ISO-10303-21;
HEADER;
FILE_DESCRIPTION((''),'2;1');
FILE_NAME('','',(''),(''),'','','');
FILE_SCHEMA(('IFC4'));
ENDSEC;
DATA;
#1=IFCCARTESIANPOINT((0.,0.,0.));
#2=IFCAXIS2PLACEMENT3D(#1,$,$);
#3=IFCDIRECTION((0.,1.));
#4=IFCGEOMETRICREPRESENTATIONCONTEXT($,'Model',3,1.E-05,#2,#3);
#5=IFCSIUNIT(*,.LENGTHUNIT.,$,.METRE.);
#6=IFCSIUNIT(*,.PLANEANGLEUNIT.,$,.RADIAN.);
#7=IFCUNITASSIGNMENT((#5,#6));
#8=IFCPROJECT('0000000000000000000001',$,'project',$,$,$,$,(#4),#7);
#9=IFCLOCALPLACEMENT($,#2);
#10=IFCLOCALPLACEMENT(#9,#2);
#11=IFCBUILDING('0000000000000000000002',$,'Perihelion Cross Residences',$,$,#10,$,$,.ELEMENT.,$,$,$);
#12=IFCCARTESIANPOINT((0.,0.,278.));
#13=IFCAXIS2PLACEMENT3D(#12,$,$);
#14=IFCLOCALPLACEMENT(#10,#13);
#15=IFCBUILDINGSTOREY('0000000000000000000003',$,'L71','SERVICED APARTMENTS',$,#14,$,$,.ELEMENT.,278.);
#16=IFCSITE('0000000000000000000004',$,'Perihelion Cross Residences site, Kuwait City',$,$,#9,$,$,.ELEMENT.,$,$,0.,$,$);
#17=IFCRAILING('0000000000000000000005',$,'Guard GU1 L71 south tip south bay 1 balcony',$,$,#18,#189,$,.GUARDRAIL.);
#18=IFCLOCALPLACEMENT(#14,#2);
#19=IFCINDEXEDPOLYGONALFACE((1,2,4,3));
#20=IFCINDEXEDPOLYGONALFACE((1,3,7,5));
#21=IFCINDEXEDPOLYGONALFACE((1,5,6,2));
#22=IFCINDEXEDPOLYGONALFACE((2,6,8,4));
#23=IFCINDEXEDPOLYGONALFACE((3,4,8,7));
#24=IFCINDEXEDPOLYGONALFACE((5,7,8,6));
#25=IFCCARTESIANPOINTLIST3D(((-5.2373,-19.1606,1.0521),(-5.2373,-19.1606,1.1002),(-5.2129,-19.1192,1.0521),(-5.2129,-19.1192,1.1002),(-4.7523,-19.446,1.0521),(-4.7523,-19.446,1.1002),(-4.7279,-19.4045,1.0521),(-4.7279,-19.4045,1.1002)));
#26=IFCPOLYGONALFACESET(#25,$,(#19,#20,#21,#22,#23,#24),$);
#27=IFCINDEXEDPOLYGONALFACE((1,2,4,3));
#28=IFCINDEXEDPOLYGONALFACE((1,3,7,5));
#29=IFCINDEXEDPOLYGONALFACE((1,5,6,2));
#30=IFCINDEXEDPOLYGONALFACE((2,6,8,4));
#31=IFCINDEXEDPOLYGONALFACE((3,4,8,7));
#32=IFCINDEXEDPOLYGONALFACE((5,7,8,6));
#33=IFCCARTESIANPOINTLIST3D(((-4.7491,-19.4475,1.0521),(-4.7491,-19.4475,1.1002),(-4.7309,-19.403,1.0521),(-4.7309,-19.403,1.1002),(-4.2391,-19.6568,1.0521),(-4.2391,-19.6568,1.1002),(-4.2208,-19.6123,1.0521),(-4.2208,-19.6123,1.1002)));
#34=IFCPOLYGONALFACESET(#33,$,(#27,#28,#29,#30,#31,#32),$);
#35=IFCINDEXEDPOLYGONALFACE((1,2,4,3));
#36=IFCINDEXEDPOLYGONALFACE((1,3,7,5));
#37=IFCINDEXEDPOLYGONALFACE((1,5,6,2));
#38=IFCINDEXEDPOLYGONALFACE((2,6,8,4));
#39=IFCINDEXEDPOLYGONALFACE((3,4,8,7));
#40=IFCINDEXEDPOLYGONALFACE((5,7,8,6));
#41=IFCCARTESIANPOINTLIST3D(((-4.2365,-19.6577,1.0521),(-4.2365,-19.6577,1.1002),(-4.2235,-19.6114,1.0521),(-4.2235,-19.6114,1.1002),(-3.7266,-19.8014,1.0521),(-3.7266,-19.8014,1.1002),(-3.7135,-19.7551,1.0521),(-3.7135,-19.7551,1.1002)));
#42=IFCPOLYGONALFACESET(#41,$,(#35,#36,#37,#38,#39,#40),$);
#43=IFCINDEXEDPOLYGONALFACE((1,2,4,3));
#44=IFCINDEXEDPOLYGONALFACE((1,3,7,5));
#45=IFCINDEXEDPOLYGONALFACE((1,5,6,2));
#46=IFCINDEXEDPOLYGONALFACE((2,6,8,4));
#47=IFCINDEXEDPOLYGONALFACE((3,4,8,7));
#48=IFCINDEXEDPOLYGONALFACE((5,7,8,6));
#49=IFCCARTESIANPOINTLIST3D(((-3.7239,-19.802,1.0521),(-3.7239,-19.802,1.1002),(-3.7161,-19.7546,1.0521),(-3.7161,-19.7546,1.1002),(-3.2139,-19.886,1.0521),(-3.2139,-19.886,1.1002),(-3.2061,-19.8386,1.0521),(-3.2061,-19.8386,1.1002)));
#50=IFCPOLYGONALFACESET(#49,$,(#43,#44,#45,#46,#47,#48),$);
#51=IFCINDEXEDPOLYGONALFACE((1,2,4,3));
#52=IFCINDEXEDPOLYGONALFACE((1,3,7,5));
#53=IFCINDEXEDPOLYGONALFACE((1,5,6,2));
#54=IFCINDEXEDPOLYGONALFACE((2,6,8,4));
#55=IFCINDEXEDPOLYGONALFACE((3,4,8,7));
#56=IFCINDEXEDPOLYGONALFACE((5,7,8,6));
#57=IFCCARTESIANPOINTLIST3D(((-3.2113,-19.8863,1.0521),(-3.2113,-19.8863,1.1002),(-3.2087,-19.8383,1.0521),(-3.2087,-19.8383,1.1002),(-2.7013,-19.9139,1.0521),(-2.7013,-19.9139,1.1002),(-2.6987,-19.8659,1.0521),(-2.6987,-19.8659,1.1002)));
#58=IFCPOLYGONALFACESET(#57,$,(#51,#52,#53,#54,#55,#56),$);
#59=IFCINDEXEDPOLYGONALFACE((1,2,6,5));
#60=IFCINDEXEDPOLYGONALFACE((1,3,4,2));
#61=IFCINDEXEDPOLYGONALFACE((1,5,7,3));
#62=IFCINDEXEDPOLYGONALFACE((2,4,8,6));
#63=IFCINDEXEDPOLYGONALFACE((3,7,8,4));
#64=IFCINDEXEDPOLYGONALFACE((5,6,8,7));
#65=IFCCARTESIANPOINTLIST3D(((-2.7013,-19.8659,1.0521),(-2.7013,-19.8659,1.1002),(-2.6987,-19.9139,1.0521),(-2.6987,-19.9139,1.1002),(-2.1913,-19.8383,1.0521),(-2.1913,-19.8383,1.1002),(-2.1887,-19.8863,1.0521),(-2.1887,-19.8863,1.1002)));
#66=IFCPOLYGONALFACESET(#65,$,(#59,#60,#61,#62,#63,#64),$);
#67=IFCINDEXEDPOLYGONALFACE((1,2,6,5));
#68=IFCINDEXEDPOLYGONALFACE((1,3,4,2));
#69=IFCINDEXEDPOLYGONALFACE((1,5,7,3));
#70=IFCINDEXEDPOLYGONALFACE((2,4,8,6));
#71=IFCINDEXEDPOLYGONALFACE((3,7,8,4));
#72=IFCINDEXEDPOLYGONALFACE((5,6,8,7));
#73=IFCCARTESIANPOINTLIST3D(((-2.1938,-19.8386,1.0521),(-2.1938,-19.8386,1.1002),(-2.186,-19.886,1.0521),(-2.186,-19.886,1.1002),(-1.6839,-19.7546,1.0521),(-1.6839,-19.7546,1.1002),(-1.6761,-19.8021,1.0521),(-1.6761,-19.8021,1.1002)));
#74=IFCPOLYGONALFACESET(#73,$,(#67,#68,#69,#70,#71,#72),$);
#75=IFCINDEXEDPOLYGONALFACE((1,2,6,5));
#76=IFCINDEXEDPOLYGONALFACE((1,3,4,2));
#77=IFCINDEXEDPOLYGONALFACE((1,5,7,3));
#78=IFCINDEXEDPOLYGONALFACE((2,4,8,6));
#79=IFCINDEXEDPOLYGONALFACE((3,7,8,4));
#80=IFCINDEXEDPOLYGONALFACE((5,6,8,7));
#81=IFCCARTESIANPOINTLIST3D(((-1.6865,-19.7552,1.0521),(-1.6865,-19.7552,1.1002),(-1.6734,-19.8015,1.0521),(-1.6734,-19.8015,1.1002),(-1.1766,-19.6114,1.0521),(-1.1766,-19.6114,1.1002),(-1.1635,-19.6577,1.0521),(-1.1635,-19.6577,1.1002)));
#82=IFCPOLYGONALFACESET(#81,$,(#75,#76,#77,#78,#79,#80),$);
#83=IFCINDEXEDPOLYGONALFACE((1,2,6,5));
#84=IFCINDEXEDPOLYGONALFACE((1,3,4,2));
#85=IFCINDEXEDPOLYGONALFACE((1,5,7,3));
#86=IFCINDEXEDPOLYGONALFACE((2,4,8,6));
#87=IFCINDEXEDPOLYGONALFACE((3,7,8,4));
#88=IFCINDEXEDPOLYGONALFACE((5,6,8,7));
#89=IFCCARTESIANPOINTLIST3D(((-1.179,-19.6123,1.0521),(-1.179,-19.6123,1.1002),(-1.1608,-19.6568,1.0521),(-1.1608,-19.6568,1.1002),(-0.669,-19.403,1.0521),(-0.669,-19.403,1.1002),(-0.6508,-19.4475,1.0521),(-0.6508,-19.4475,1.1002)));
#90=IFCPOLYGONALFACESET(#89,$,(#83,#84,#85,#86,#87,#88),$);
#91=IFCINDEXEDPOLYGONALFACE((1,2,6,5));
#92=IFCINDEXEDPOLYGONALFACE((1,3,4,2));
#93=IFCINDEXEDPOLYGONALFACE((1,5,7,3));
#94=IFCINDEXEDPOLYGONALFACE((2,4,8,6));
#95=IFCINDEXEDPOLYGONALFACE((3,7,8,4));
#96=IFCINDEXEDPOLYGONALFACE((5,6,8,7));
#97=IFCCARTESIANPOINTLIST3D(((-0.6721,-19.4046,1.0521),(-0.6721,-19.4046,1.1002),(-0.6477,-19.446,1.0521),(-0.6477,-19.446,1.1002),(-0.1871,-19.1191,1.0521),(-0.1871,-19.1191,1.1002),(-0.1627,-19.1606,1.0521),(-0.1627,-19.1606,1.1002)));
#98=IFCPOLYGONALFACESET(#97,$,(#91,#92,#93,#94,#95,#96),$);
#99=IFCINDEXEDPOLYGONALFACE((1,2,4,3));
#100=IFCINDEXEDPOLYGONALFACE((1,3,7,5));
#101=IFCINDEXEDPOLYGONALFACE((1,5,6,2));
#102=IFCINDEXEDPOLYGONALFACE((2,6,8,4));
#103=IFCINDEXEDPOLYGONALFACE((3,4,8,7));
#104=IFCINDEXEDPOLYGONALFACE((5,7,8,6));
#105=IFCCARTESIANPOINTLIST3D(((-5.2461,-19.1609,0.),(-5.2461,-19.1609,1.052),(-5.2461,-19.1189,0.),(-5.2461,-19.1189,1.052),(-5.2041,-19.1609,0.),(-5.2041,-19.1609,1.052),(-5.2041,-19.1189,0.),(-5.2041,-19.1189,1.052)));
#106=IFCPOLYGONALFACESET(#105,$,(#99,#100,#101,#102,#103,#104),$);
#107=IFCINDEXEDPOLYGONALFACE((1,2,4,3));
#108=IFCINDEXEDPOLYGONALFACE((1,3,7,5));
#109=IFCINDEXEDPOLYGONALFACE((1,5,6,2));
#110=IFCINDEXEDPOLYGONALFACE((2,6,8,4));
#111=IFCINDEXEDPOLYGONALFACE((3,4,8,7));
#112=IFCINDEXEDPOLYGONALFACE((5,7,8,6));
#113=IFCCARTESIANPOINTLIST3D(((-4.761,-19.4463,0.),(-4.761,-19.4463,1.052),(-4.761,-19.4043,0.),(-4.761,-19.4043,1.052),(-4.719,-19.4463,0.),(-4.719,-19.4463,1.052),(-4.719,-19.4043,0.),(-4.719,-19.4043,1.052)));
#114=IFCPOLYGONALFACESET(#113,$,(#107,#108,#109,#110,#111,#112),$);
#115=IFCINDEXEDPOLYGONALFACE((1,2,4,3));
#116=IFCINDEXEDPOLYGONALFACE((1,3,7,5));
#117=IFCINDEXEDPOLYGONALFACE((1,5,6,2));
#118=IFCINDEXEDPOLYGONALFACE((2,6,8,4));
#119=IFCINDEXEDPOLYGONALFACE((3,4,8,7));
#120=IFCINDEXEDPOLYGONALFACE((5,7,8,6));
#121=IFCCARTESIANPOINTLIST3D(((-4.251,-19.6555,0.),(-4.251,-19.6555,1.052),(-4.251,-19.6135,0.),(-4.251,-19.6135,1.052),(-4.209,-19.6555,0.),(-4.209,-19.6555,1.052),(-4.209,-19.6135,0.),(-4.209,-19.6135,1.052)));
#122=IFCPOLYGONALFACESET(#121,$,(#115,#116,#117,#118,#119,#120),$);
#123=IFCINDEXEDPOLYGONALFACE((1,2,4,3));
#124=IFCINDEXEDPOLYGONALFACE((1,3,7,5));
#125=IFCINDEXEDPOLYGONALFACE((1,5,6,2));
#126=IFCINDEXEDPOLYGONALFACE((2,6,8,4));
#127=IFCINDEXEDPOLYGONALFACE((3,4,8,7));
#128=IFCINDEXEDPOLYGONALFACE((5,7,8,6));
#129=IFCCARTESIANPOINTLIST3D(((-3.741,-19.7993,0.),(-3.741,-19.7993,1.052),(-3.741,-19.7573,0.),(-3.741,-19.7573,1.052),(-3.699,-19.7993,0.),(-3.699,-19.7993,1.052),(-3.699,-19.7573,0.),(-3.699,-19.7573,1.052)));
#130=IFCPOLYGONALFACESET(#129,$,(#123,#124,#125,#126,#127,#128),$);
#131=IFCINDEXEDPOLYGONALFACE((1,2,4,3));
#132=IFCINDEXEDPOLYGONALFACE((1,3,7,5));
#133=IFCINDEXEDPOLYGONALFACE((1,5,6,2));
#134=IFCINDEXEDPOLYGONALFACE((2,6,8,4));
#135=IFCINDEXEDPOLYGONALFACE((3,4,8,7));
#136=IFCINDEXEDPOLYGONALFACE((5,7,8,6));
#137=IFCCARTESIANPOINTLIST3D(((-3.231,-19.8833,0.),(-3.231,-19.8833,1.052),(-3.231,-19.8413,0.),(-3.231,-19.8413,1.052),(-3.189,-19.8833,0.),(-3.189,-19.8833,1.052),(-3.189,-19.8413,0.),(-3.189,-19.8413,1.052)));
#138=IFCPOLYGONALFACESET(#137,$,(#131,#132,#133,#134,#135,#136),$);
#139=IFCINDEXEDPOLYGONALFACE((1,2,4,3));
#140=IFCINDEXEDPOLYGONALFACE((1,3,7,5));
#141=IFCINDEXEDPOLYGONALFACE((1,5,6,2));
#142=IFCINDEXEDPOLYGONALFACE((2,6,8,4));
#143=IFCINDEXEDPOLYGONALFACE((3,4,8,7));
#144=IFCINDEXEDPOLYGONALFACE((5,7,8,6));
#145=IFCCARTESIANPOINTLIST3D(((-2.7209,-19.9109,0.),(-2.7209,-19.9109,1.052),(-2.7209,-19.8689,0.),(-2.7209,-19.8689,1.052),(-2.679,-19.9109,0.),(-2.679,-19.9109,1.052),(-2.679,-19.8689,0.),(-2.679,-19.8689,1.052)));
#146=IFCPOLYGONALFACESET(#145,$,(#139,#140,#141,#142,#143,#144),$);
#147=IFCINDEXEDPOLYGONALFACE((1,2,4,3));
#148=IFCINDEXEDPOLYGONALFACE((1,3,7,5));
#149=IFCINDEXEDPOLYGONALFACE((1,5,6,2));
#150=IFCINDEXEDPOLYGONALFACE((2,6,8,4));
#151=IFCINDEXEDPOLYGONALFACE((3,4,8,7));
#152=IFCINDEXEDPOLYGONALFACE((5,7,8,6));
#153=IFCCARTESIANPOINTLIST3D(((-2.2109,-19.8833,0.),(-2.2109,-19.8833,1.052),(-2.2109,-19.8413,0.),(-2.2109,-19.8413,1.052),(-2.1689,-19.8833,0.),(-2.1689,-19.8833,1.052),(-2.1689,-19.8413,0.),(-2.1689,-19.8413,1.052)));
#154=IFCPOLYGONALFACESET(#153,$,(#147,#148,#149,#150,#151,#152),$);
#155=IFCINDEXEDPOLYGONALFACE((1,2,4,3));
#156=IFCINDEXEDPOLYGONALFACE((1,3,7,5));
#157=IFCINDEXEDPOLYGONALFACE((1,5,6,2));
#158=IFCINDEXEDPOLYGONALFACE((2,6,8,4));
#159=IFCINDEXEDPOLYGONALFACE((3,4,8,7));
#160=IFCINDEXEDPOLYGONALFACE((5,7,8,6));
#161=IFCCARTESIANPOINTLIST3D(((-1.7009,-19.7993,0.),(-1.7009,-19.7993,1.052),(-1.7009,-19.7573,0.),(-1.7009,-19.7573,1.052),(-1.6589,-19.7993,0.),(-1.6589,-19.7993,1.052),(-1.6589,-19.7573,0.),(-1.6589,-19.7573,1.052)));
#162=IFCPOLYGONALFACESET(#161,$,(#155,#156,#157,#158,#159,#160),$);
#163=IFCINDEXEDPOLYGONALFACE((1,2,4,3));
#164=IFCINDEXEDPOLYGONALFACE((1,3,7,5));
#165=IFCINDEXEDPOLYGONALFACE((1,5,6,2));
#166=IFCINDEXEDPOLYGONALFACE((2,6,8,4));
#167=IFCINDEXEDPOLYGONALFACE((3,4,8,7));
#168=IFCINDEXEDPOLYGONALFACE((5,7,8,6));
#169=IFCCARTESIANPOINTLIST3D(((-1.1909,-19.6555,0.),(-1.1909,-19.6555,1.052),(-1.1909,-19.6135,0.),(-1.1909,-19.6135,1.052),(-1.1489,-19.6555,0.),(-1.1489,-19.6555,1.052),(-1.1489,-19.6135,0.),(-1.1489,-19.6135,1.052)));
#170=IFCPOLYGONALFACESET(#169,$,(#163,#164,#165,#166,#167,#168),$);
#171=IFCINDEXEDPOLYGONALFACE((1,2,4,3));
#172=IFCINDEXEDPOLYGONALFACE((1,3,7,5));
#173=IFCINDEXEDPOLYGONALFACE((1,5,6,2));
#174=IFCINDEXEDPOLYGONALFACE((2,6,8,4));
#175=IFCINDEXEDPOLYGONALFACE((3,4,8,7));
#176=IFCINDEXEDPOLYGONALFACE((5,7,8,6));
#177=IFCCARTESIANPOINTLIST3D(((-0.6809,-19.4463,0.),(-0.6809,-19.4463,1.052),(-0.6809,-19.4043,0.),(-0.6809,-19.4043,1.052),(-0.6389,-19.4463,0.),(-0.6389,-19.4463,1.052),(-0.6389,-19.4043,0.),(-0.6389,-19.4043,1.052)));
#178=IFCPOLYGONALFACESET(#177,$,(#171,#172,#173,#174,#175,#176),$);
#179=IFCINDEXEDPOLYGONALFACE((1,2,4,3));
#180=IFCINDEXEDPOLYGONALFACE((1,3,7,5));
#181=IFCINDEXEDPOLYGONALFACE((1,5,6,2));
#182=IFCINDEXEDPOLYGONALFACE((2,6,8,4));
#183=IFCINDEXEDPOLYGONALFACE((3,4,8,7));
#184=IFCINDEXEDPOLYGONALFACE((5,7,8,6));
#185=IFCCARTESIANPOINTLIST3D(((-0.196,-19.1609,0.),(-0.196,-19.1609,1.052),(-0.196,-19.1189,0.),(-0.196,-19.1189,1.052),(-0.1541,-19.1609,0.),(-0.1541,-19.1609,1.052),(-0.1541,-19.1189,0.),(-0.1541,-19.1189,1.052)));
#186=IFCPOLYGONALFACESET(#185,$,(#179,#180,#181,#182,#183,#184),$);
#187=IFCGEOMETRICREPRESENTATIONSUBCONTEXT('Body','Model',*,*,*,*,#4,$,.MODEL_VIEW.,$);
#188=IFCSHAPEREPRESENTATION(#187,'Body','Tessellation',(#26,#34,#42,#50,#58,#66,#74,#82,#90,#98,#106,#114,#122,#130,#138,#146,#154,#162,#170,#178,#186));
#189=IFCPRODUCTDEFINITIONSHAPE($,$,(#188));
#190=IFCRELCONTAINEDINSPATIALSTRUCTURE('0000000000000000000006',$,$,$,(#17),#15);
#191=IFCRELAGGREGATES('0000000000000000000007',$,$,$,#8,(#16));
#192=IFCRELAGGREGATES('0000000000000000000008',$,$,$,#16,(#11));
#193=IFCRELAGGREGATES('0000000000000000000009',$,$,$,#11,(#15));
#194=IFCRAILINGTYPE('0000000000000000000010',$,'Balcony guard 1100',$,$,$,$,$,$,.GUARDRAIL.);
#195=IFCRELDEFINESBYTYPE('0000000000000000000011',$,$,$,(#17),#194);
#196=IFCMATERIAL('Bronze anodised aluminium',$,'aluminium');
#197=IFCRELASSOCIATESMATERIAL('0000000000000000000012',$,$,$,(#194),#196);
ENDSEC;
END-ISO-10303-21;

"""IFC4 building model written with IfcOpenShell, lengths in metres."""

from ifc_helpers import new_model, si_unit, direction, frame, origin, origin_2d, place, context, subcontext, project, spatial, rectangle, extrude, material, type_object, element, save


model = new_model("IFC4")

# Units and contexts
model_context = context("Model", 3, precision=1e-05, world=origin(), true_north=direction((0.0, 1.0)))
body_context = subcontext(model_context, "Body", "Model", "MODEL_VIEW")
ifc_project = project(units=[si_unit("LENGTHUNIT", "METRE"), si_unit("PLANEANGLEUNIT", "RADIAN")], contexts=[model_context])

# Site, building, storey
site_placement = place(None, origin())
site = spatial("IfcSite", under=ifc_project, at=site_placement, Name="Perihelion Cross Residences site, Kuwait City", CompositionType="ELEMENT", RefElevation=0.0)
building_placement = place(site_placement, origin())
building = spatial("IfcBuilding", under=site, at=building_placement, Name="Perihelion Cross Residences", CompositionType="ELEMENT")
storey_placement = place(building_placement, frame((0.0, 0.0, 278.0)))
storey = spatial("IfcBuildingStorey", under=building, at=storey_placement, Name="L71", Description="SERVICED APARTMENTS", CompositionType="ELEMENT", Elevation=278.0)

# Railing
ifc_material_1 = material(Name="Bronze anodised aluminium", Category="aluminium")
railing_type = type_object("IfcRailingType", Name="Balcony guard 1100", PredefinedType="GUARDRAIL", material=ifc_material_1)
railing_1_placement = place(storey_placement, frame((-5.2251, -19.1399, 0.0)))
element("IfcRailing", 1, at=railing_1_placement, inside=storey, type_object=railing_type, Name="Guard GU1 L71 south tip south bay 1 balcony", PredefinedType="GUARDRAIL", context=body_context, shape_type="SweptSolid", body=[
    extrude(rectangle(XDim=0.0481, YDim=0.0481, at=origin_2d()), frame((0.0, 0.0, 1.0762), z_axis=(0.861901, -0.507077, 0.0), x_axis=(0.507077, 0.861901, 0.0)), (0.0, 0.0, 1.0), 0.5627),
    extrude(rectangle(XDim=0.0481, YDim=0.0481, at=origin_2d()), frame((0.4851, -0.2854, 1.0762), z_axis=(0.925173, -0.379547, 0.0), x_axis=(0.379547, 0.925173, 0.0)), (0.0, 0.0, 1.0), 0.5513),
    extrude(rectangle(XDim=0.0481, YDim=0.0481, at=origin_2d()), frame((0.9951, -0.4946, 1.0762), z_axis=(0.962474, -0.271373, 0.0), x_axis=(0.271373, 0.962474, 0.0)), (0.0, 0.0, 1.0), 0.5298),
    extrude(rectangle(XDim=0.0481, YDim=0.0481, at=origin_2d()), frame((1.5051, -0.6384, 1.0762), z_axis=(0.986711, -0.162484, 0.0), x_axis=(0.162484, 0.986711, 0.0)), (0.0, 0.0, 1.0), 0.5168),
    extrude(rectangle(XDim=0.0481, YDim=0.0481, at=origin_2d()), frame((2.0151, -0.7224, 1.0762), z_axis=(0.99854, -0.054014, 0.0), x_axis=(0.054014, 0.99854, 0.0)), (0.0, 0.0, 1.0), 0.5107),
    extrude(rectangle(XDim=0.0481, YDim=0.0481, at=origin_2d()), frame((2.5251, -0.75, 1.0762), z_axis=(0.99854, 0.054014, 0.0), x_axis=(-0.054014, 0.99854, 0.0)), (0.0, 0.0, 1.0), 0.5107),
    extrude(rectangle(XDim=0.0481, YDim=0.0481, at=origin_2d()), frame((3.0352, -0.7224, 1.0762), z_axis=(0.986711, 0.162484, 0.0), x_axis=(-0.162484, 0.986711, 0.0)), (0.0, 0.0, 1.0), 0.5168),
    extrude(rectangle(XDim=0.0481, YDim=0.0481, at=origin_2d()), frame((3.5452, -0.6384, 1.0762), z_axis=(0.962474, 0.271373, 0.0), x_axis=(-0.271373, 0.962474, 0.0)), (0.0, 0.0, 1.0), 0.5298),
    extrude(rectangle(XDim=0.0481, YDim=0.0481, at=origin_2d()), frame((4.0552, -0.4946, 1.0762), z_axis=(0.925173, 0.379547, 0.0), x_axis=(-0.379547, 0.925173, 0.0)), (0.0, 0.0, 1.0), 0.5513),
    extrude(rectangle(XDim=0.0481, YDim=0.0481, at=origin_2d()), frame((4.5652, -0.2854, 1.0762), z_axis=(0.861789, 0.507267, 0.0), x_axis=(-0.507267, 0.861789, 0.0)), (0.0, 0.0, 1.0), 0.5627),
    extrude(rectangle(XDim=0.042, YDim=0.042, at=origin_2d()), origin(), (0.0, 0.0, 1.0), 1.052),
    extrude(rectangle(XDim=0.042, YDim=0.042, at=origin_2d()), frame((0.4851, -0.2854, 0.0)), (0.0, 0.0, 1.0), 1.052),
    extrude(rectangle(XDim=0.042, YDim=0.042, at=origin_2d()), frame((0.9951, -0.4946, 0.0)), (0.0, 0.0, 1.0), 1.052),
    extrude(rectangle(XDim=0.042, YDim=0.042, at=origin_2d()), frame((1.5051, -0.6384, 0.0)), (0.0, 0.0, 1.0), 1.052),
    extrude(rectangle(XDim=0.042, YDim=0.042, at=origin_2d()), frame((2.0151, -0.7224, 0.0)), (0.0, 0.0, 1.0), 1.052),
    extrude(rectangle(XDim=0.042, YDim=0.042, at=origin_2d()), frame((2.5251, -0.75, 0.0)), (0.0, 0.0, 1.0), 1.052),
    extrude(rectangle(XDim=0.042, YDim=0.042, at=origin_2d()), frame((3.0352, -0.7224, 0.0)), (0.0, 0.0, 1.0), 1.052),
    extrude(rectangle(XDim=0.042, YDim=0.042, at=origin_2d()), frame((3.5452, -0.6384, 0.0)), (0.0, 0.0, 1.0), 1.052),
    extrude(rectangle(XDim=0.042, YDim=0.042, at=origin_2d()), frame((4.0552, -0.4946, 0.0)), (0.0, 0.0, 1.0), 1.052),
    extrude(rectangle(XDim=0.042, YDim=0.042, at=origin_2d()), frame((4.5652, -0.2854, 0.0)), (0.0, 0.0, 1.0), 1.052),
    extrude(rectangle(XDim=0.042, YDim=0.042, at=origin_2d()), frame((5.05, 0.0, 0.0)), (0.0, 0.0, 1.0), 1.052),
])

save(model, "model.ifc")
